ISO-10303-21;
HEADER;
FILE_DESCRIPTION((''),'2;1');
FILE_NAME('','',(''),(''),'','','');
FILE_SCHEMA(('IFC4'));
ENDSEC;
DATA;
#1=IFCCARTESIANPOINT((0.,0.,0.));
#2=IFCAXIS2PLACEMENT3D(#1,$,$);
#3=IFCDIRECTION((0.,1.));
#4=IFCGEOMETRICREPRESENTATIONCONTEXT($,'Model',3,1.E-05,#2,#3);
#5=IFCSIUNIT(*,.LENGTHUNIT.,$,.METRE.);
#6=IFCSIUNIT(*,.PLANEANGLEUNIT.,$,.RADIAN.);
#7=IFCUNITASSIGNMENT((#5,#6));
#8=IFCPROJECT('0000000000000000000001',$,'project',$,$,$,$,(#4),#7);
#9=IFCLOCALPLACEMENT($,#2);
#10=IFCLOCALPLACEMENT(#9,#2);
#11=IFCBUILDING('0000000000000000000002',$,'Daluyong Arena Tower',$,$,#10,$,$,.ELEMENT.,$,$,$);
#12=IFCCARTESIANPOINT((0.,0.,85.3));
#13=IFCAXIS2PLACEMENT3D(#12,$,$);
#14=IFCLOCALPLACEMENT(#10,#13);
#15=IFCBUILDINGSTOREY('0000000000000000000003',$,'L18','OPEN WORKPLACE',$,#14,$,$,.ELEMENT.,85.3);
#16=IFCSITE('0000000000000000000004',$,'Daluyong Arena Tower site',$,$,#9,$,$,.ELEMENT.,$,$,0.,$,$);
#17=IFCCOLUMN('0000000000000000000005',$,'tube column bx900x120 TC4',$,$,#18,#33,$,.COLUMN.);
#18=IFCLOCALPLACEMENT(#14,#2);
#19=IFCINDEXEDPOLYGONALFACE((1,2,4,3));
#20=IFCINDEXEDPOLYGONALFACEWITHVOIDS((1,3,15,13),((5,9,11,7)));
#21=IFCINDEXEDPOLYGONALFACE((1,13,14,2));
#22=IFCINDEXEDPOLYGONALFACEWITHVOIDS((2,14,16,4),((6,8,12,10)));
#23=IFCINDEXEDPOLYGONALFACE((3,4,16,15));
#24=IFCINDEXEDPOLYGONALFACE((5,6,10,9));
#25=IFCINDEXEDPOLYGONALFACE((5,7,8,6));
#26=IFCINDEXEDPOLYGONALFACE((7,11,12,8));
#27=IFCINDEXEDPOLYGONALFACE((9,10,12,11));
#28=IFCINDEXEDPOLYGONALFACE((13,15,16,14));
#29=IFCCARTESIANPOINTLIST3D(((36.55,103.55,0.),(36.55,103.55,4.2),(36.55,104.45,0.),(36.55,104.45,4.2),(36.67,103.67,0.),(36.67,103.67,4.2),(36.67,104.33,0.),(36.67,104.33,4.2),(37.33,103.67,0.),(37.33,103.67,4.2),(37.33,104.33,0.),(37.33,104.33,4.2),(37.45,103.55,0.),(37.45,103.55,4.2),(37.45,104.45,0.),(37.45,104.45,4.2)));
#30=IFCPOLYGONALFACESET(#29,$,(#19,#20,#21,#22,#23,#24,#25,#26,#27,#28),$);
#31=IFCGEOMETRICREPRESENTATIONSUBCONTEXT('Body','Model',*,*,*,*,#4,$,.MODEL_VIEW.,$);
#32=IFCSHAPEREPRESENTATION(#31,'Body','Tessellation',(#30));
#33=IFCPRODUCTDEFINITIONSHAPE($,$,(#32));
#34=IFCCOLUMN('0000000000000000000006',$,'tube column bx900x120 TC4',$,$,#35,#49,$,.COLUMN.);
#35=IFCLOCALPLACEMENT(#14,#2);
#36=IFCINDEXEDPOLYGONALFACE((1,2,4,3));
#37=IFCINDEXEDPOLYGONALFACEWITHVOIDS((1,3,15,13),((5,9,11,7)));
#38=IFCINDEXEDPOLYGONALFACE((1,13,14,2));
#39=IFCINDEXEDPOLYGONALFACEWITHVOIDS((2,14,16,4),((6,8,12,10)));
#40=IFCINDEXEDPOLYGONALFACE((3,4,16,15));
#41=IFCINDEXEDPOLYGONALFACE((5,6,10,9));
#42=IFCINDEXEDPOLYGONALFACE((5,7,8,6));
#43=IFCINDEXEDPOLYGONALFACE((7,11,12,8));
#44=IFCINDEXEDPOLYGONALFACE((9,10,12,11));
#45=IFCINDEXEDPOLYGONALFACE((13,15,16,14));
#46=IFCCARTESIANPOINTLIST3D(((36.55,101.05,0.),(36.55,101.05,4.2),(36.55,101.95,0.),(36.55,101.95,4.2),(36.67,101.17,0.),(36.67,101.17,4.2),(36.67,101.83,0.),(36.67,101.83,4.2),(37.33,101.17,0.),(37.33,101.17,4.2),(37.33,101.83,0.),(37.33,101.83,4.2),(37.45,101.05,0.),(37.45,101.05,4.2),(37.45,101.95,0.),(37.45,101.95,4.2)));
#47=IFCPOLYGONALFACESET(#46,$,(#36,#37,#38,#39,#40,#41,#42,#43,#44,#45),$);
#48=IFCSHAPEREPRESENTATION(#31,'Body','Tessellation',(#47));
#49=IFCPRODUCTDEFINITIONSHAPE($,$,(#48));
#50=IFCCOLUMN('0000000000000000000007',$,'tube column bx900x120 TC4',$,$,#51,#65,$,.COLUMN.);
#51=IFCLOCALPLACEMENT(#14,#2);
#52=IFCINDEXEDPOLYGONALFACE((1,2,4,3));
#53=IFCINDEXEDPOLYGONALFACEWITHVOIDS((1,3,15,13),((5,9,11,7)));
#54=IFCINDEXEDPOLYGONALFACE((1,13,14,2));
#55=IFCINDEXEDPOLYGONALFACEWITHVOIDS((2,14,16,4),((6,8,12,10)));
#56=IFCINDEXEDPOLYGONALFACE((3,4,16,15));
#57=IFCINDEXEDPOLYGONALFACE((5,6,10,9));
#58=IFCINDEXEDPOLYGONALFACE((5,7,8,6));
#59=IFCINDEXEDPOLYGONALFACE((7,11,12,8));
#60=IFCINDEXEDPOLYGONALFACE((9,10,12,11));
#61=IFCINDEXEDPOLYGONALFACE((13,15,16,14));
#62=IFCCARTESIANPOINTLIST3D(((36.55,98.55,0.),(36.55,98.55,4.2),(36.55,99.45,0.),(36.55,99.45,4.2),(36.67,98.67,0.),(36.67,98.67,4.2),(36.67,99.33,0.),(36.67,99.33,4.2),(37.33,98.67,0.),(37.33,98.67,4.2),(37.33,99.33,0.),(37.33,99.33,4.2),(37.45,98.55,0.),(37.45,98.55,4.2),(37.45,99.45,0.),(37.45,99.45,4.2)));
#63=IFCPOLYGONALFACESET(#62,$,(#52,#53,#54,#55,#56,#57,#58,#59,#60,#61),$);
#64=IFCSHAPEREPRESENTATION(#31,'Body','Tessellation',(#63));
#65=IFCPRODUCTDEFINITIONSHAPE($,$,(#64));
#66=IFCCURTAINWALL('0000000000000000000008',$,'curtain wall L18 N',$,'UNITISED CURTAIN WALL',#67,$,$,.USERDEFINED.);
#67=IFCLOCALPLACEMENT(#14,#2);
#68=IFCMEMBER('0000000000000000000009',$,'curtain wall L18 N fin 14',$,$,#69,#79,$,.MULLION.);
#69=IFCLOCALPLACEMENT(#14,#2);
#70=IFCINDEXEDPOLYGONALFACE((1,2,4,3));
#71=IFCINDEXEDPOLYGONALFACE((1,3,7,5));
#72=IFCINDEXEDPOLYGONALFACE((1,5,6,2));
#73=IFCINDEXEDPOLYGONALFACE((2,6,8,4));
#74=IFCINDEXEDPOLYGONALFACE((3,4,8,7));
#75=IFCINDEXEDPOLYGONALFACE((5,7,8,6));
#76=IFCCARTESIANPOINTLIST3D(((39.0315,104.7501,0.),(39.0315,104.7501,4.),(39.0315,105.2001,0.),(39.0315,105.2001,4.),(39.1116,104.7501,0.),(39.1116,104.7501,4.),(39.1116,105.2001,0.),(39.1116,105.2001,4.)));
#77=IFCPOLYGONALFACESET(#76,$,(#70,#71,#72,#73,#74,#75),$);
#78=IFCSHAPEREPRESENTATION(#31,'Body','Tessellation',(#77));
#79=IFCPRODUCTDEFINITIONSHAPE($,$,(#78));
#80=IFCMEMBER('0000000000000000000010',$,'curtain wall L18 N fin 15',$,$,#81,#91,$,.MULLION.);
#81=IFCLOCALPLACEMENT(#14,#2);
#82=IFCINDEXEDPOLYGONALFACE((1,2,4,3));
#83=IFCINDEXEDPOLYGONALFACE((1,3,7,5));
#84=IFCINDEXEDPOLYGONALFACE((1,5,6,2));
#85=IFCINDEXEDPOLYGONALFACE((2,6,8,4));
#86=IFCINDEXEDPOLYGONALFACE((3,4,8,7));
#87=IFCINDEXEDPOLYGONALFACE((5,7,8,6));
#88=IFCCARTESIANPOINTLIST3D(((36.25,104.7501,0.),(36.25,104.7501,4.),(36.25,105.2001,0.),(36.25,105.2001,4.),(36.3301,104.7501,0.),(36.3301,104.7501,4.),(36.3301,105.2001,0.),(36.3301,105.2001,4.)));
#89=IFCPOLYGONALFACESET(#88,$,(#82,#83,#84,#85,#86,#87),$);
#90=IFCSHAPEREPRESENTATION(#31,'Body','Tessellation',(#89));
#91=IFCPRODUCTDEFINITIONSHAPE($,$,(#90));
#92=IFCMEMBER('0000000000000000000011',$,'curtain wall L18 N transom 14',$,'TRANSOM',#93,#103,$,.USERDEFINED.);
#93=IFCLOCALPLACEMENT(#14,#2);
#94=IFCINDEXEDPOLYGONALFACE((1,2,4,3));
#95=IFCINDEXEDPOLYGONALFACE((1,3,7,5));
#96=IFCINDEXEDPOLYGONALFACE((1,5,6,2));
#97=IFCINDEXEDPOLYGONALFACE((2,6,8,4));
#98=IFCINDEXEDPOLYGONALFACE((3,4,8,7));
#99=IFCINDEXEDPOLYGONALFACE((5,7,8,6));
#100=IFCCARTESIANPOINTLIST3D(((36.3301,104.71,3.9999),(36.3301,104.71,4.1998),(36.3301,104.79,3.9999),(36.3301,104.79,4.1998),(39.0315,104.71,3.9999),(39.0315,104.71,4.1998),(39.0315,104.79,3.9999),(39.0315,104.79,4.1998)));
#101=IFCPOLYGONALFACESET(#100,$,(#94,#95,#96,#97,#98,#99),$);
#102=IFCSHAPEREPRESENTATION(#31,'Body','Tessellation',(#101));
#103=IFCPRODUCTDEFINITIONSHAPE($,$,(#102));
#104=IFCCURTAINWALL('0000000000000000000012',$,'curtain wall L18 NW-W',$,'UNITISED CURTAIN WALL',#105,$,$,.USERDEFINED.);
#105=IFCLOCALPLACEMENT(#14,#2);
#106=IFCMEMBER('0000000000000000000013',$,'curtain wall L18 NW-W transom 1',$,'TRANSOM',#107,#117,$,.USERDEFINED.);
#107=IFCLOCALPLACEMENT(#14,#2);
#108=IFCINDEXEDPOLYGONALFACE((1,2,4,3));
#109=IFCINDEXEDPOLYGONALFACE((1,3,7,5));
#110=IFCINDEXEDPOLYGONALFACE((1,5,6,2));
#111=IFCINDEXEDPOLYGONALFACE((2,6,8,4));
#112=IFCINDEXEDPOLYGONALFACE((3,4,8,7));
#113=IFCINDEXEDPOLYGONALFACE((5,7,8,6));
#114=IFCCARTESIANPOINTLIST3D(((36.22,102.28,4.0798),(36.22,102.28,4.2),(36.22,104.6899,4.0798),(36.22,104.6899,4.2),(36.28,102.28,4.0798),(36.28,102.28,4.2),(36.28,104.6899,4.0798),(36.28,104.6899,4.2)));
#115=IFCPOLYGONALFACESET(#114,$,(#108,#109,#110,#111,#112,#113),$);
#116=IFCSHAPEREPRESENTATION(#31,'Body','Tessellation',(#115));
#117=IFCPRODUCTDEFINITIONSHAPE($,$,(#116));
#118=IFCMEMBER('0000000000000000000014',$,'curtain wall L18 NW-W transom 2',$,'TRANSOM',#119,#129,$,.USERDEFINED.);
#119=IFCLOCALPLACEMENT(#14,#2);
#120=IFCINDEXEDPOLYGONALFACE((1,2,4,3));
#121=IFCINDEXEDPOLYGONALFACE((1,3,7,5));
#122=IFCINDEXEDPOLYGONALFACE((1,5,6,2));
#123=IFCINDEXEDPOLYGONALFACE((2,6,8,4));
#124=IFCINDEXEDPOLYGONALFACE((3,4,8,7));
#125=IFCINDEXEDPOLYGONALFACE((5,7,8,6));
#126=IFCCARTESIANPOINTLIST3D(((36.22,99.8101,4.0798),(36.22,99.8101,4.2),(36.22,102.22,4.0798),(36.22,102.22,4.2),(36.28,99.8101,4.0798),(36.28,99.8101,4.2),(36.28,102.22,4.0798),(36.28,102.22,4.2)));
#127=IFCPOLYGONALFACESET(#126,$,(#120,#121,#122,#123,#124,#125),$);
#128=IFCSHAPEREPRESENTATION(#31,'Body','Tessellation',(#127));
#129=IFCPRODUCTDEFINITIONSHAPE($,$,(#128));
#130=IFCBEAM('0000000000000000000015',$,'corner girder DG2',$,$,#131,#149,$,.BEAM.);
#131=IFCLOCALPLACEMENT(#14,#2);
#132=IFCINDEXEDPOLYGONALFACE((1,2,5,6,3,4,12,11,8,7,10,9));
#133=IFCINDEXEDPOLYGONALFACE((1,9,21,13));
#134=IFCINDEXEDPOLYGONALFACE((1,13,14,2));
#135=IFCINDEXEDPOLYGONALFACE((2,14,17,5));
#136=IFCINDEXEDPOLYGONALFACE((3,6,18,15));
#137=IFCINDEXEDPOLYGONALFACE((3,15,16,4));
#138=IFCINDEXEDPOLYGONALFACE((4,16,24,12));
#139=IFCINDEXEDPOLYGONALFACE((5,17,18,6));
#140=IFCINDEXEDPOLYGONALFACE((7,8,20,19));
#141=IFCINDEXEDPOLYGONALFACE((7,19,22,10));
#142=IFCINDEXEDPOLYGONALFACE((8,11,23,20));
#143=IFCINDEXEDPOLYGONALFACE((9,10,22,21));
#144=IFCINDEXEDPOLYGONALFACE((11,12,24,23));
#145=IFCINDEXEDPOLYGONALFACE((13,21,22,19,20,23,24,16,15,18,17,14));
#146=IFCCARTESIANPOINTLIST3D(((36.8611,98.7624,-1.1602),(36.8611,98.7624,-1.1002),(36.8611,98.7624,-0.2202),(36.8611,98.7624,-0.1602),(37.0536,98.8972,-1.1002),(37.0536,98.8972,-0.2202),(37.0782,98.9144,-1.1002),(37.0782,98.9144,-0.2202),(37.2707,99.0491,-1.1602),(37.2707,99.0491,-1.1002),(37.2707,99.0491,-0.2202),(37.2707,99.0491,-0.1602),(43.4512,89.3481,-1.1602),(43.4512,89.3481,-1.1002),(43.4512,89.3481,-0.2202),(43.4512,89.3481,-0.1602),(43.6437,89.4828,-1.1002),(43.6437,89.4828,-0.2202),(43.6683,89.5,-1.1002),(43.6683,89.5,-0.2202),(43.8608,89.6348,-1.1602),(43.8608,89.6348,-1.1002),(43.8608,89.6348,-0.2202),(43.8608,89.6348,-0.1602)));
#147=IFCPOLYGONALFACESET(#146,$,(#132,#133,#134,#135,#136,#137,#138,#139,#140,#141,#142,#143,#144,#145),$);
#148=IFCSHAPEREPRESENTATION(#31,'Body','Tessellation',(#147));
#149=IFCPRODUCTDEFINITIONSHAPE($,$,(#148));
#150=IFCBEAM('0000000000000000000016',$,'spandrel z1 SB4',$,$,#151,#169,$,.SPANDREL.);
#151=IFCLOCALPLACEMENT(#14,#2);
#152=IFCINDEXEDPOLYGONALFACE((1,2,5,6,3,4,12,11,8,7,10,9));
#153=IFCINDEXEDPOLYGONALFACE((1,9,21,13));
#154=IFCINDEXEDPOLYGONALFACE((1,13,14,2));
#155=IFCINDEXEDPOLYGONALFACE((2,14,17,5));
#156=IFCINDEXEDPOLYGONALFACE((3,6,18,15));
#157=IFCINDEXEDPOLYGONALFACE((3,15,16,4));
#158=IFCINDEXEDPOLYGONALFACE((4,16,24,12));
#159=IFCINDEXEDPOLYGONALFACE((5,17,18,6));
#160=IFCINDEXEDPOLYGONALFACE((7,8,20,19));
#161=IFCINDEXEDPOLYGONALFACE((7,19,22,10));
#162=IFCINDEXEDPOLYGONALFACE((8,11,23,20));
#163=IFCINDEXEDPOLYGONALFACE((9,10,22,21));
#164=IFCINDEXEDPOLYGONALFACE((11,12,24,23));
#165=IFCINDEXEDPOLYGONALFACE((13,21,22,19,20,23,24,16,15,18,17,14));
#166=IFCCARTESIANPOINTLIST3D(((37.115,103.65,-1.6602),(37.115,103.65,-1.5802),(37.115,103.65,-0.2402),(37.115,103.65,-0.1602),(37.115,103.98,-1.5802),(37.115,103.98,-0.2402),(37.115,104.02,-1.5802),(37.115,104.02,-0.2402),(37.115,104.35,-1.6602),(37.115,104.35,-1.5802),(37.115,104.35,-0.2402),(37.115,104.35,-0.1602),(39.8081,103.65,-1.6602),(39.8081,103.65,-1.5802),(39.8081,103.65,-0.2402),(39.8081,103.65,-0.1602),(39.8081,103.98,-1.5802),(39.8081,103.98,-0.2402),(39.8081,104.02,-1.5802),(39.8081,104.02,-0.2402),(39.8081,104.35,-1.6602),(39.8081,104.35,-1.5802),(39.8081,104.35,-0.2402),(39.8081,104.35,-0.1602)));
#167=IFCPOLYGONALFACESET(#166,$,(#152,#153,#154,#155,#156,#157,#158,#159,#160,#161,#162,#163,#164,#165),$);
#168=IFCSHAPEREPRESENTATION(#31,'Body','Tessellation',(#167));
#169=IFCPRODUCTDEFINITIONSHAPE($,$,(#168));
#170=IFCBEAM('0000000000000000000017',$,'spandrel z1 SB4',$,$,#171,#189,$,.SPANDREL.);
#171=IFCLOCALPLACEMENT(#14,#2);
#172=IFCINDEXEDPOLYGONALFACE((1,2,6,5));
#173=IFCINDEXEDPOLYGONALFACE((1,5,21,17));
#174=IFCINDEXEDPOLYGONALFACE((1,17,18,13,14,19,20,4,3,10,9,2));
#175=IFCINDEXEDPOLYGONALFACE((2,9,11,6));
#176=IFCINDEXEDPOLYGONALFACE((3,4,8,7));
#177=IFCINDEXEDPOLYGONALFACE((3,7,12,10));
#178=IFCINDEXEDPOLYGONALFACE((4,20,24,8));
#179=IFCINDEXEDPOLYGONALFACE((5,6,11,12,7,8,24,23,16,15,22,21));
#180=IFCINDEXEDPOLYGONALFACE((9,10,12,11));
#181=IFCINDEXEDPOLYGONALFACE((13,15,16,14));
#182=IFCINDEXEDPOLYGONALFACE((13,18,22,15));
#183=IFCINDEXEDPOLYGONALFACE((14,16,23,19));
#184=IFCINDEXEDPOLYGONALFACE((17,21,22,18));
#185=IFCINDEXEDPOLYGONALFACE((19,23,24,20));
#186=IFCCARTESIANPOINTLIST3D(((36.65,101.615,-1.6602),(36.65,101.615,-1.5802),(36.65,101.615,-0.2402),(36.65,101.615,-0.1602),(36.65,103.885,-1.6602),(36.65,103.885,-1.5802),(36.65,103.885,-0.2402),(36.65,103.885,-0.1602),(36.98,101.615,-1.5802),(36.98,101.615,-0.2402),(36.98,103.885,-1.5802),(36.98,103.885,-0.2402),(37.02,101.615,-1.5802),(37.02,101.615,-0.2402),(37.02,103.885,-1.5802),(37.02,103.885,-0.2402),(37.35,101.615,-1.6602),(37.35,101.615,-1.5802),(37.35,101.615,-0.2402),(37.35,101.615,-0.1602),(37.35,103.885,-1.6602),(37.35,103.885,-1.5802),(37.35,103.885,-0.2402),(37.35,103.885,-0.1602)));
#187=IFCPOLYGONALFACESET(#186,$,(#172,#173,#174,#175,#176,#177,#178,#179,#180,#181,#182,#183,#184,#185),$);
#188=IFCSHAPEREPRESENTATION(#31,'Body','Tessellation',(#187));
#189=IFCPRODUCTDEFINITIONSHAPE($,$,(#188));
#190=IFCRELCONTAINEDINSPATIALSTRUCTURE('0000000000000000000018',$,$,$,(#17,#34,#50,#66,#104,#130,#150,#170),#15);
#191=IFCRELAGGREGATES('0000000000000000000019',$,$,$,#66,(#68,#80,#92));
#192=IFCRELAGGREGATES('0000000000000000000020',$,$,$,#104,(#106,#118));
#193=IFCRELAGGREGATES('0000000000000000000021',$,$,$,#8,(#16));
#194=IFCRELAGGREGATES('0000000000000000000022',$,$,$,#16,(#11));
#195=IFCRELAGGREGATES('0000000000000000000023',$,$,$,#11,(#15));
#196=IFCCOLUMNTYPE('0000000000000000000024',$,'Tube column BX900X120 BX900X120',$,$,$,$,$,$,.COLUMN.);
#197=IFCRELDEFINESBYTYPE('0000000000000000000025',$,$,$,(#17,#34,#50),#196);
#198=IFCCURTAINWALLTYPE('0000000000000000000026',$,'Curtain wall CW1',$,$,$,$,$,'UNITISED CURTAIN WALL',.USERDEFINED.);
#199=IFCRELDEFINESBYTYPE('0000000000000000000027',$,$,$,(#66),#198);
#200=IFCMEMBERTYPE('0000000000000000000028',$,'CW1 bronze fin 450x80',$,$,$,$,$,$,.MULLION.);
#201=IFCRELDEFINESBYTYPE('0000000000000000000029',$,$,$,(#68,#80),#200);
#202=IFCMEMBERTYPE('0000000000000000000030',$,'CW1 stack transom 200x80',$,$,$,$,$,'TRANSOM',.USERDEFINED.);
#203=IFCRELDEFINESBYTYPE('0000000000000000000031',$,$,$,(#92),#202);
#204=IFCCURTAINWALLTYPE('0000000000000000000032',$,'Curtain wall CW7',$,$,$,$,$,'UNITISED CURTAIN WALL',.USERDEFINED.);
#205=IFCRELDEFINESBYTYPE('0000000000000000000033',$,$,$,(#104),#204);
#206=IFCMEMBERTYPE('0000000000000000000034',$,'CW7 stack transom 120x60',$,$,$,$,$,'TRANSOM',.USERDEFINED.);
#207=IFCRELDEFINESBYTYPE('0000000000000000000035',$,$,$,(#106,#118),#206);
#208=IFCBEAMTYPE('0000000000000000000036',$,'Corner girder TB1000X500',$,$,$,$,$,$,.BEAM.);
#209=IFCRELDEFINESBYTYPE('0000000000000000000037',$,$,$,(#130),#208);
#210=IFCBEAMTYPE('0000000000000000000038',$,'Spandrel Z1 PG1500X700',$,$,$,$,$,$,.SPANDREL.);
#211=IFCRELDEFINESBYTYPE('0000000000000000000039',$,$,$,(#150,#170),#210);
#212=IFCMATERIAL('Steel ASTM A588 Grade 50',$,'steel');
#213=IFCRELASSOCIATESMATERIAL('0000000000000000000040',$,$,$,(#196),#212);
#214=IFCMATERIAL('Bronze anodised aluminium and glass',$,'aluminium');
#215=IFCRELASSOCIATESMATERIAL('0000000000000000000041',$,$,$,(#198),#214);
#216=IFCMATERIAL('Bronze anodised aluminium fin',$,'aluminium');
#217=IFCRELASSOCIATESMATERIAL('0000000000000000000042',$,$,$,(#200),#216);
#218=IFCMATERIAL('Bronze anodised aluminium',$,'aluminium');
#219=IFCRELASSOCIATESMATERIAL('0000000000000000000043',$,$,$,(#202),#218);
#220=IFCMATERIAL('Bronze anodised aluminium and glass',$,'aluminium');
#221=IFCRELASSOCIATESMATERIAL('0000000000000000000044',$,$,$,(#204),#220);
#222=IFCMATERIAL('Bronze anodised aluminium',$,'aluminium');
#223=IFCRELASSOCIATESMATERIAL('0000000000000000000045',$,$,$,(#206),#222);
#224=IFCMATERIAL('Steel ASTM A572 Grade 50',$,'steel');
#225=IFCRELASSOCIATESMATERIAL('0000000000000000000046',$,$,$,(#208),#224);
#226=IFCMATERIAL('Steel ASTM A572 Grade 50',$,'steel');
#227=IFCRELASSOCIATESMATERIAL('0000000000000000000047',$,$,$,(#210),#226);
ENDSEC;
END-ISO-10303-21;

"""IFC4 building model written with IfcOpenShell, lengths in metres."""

from ifc_helpers import new_model, si_unit, direction, frame, origin, origin_2d, place, context, subcontext, project, spatial, rectangle, hollow_rectangle, i_section, extrude, material, material_profile, profile_set, type_object, element, aggregate, save


model = new_model("IFC4")

# Units and contexts
model_context = context("Model", 3, precision=1e-05, world=origin(), true_north=direction((0.0, 1.0)))
body_context = subcontext(model_context, "Body", "Model", "MODEL_VIEW")
ifc_project = project(units=[si_unit("LENGTHUNIT", "METRE"), si_unit("PLANEANGLEUNIT", "RADIAN")], contexts=[model_context])

# Site, building, storey
site_placement = place(None, origin())
site = spatial("IfcSite", under=ifc_project, at=site_placement, Name="Daluyong Arena Tower site", CompositionType="ELEMENT", RefElevation=0.0)
building_placement = place(site_placement, origin())
building = spatial("IfcBuilding", under=site, at=building_placement, Name="Daluyong Arena Tower", CompositionType="ELEMENT")
storey_placement = place(building_placement, frame((0.0, 0.0, 85.3)))
storey = spatial("IfcBuildingStorey", under=building, at=storey_placement, Name="L18", Description="OPEN WORKPLACE", CompositionType="ELEMENT", Elevation=85.3)

# Columns
ifc_material_1 = material(Name="Steel ASTM A588 Grade 50", Category="steel")
ifc_material_profile_1 = material_profile(ifc_material_1, hollow_rectangle(XDim=0.8999, YDim=0.8999, WallThickness=0.12, at=origin_2d()))
ifc_profile_set_1 = profile_set([ifc_material_profile_1], Name="Steel ASTM A588 Grade 50")
column_type = type_object("IfcColumnType", Name="Tube column BX900X120 BX900X120", PredefinedType="COLUMN", material=ifc_profile_set_1)
for number, where, z_axis, x_axis, name in (
    (1, (37.0, 104.0, 0.0), (0.0, 0.0, 1.0), (0.0, 1.0, 0.0), "tube column bx900x120 TC4"),
    (2, (37.0, 101.5, 0.0), (0.0, 0.0, 1.0), (0.0, 1.0, 0.0), "tube column bx900x120 TC4"),
    (3, (37.0, 99.0, 0.0), (0.0, 0.0, 1.0), (1.0, 0.0, 0.0), "tube column bx900x120 TC4"),
):
    element("IfcColumn", number, at=place(storey_placement, frame(where, z_axis=z_axis, x_axis=x_axis)), inside=storey, type_object=column_type, Name=name, PredefinedType="COLUMN", context=body_context, shape_type="SweptSolid", body=[
        extrude(hollow_rectangle(XDim=0.8999, YDim=0.8999, WallThickness=0.12, at=origin_2d()), origin(), (0.0, 0.0, 1.0), 4.2),
    ])

# Curtain walls, members
ifc_material_2 = material(Name="Bronze anodised aluminium and glass", Category="aluminium")
curtain_wall_type_1 = type_object("IfcCurtainWallType", Name="Curtain wall CW1", ElementType="UNITISED CURTAIN WALL", PredefinedType="USERDEFINED", material=ifc_material_2)
curtain_wall_1_placement = place(storey_placement, origin())
curtain_wall_1 = element("IfcCurtainWall", 4, at=curtain_wall_1_placement, inside=storey, type_object=curtain_wall_type_1, Name="curtain wall L18 N", ObjectType="UNITISED CURTAIN WALL", PredefinedType="USERDEFINED")
ifc_material_3 = material(Name="Bronze anodised aluminium fin", Category="aluminium")
ifc_material_profile_2 = material_profile(ifc_material_3, rectangle(XDim=0.45, YDim=0.0801, at=origin_2d()))
ifc_profile_set_2 = profile_set([ifc_material_profile_2], Name="Bronze anodised aluminium fin")
member_type_1 = type_object("IfcMemberType", Name="CW1 bronze fin 450x80", PredefinedType="MULLION", material=ifc_profile_set_2)
member_1_placement = place(storey_placement, frame((39.0715, 104.9751, 0.0), z_axis=(0.0, 0.0, 1.0), x_axis=(0.0, -1.0, 0.0)))
member_1 = element("IfcMember", 5, at=member_1_placement, type_object=member_type_1, Name="curtain wall L18 N fin 14", PredefinedType="MULLION", context=body_context, shape_type="SweptSolid", body=[
    extrude(rectangle(XDim=0.45, YDim=0.0801, at=origin_2d()), origin(), (0.0, 0.0, 1.0), 4.0),
])
member_2_placement = place(storey_placement, frame((36.29, 104.9751, 0.0), z_axis=(0.0, 0.0, 1.0), x_axis=(0.0, -1.0, 0.0)))
member_2 = element("IfcMember", 6, at=member_2_placement, type_object=member_type_1, Name="curtain wall L18 N fin 15", PredefinedType="MULLION", context=body_context, shape_type="SweptSolid", body=[
    extrude(rectangle(XDim=0.45, YDim=0.0801, at=origin_2d()), origin(), (0.0, 0.0, 1.0), 4.0),
])
ifc_material_4 = material(Name="Bronze anodised aluminium", Category="aluminium")
ifc_material_profile_3 = material_profile(ifc_material_4, rectangle(XDim=0.0801, YDim=0.2, at=origin_2d()))
ifc_profile_set_3 = profile_set([ifc_material_profile_3], Name="Bronze anodised aluminium")
member_type_2 = type_object("IfcMemberType", Name="CW1 stack transom 200x80", ElementType="TRANSOM", PredefinedType="USERDEFINED", material=ifc_profile_set_3)
member_3_placement = place(storey_placement, frame((39.0315, 104.75, 4.0999), z_axis=(-1.0, 0.0, 0.0), x_axis=(0.0, -1.0, 0.0)))
member_3 = element("IfcMember", 7, at=member_3_placement, type_object=member_type_2, Name="curtain wall L18 N transom 14", ObjectType="TRANSOM", PredefinedType="USERDEFINED", context=body_context, shape_type="SweptSolid", body=[
    extrude(rectangle(XDim=0.0801, YDim=0.2, at=origin_2d()), origin(), (0.0, 0.0, 1.0), 2.7014),
])
ifc_material_5 = material(Name="Bronze anodised aluminium and glass", Category="aluminium")
curtain_wall_type_2 = type_object("IfcCurtainWallType", Name="Curtain wall CW7", ElementType="UNITISED CURTAIN WALL", PredefinedType="USERDEFINED", material=ifc_material_5)
curtain_wall_2_placement = place(storey_placement, origin())
curtain_wall_2 = element("IfcCurtainWall", 8, at=curtain_wall_2_placement, inside=storey, type_object=curtain_wall_type_2, Name="curtain wall L18 NW-W", ObjectType="UNITISED CURTAIN WALL", PredefinedType="USERDEFINED")
ifc_material_6 = material(Name="Bronze anodised aluminium", Category="aluminium")
ifc_material_profile_4 = material_profile(ifc_material_6, rectangle(XDim=0.0601, YDim=0.1201, at=origin_2d()))
ifc_profile_set_4 = profile_set([ifc_material_profile_4], Name="Bronze anodised aluminium")
member_type_3 = type_object("IfcMemberType", Name="CW7 stack transom 120x60", ElementType="TRANSOM", PredefinedType="USERDEFINED", material=ifc_profile_set_4)
member_4_placement = place(storey_placement, frame((36.25, 104.6899, 4.1399), z_axis=(0.0, -1.0, 0.0), x_axis=(1.0, 0.0, 0.0)))
member_4 = element("IfcMember", 9, at=member_4_placement, type_object=member_type_3, Name="curtain wall L18 NW-W transom 1", ObjectType="TRANSOM", PredefinedType="USERDEFINED", context=body_context, shape_type="SweptSolid", body=[
    extrude(rectangle(XDim=0.0601, YDim=0.1201, at=origin_2d()), origin(), (0.0, 0.0, 1.0), 2.4099),
])
member_5_placement = place(storey_placement, frame((36.25, 102.22, 4.1399), z_axis=(0.0, -1.0, 0.0), x_axis=(1.0, 0.0, 0.0)))
member_5 = element("IfcMember", 10, at=member_5_placement, type_object=member_type_3, Name="curtain wall L18 NW-W transom 2", ObjectType="TRANSOM", PredefinedType="USERDEFINED", context=body_context, shape_type="SweptSolid", body=[
    extrude(rectangle(XDim=0.0601, YDim=0.1201, at=origin_2d()), origin(), (0.0, 0.0, 1.0), 2.4099),
])

# Beams
ifc_material_7 = material(Name="Steel ASTM A572 Grade 50", Category="steel")
ifc_material_profile_5 = material_profile(ifc_material_7, i_section(OverallWidth=0.5, OverallDepth=1.0, WebThickness=0.03, FlangeThickness=0.06, at=origin_2d()))
ifc_profile_set_5 = profile_set([ifc_material_profile_5], Name="Steel ASTM A572 Grade 50")
beam_type_1 = type_object("IfcBeamType", Name="Corner girder TB1000X500", PredefinedType="BEAM", material=ifc_profile_set_5)
beam_1_placement = place(storey_placement, frame((37.0659, 98.9058, -0.6602), z_axis=(0.573467, -0.819229, 0.0), x_axis=(0.819229, 0.573467, 0.0)))
element("IfcBeam", 11, at=beam_1_placement, inside=storey, type_object=beam_type_1, Name="corner girder DG2", PredefinedType="BEAM", context=body_context, shape_type="SweptSolid", body=[
    extrude(i_section(OverallWidth=0.5, OverallDepth=1.0, WebThickness=0.03, FlangeThickness=0.06, at=origin_2d()), origin(), (0.0, 0.0, 1.0), 11.4917),
])
ifc_material_8 = material(Name="Steel ASTM A572 Grade 50", Category="steel")
ifc_material_profile_6 = material_profile(ifc_material_8, i_section(OverallWidth=0.7, OverallDepth=1.5, WebThickness=0.04, FlangeThickness=0.08, at=origin_2d()))
ifc_profile_set_6 = profile_set([ifc_material_profile_6], Name="Steel ASTM A572 Grade 50")
beam_type_2 = type_object("IfcBeamType", Name="Spandrel Z1 PG1500X700", PredefinedType="SPANDREL", material=ifc_profile_set_6)
beam_2_placement = place(storey_placement, frame((39.8081, 104.0, -0.9102), z_axis=(-1.0, 0.0, 0.0), x_axis=(0.0, -1.0, 0.0)))
element("IfcBeam", 12, at=beam_2_placement, inside=storey, type_object=beam_type_2, Name="spandrel z1 SB4", PredefinedType="SPANDREL", context=body_context, shape_type="SweptSolid", body=[
    extrude(i_section(OverallWidth=0.7, OverallDepth=1.5, WebThickness=0.04, FlangeThickness=0.08, at=origin_2d()), origin(), (0.0, 0.0, 1.0), 2.6931),
])
for number, where, z_axis, x_axis, name in (
    (13, (37.0, 103.885, -0.9102), (0.0, -1.0, 0.0), (1.0, 0.0, 0.0), "spandrel z1 SB4"),
):
    element("IfcBeam", number, at=place(storey_placement, frame(where, z_axis=z_axis, x_axis=x_axis)), inside=storey, type_object=beam_type_2, Name=name, PredefinedType="SPANDREL", context=body_context, shape_type="SweptSolid", body=[
        extrude(i_section(OverallWidth=0.7, OverallDepth=1.5, WebThickness=0.04, FlangeThickness=0.08, at=origin_2d()), origin(), (0.0, 0.0, 1.0), 2.27),
    ])

aggregate(curtain_wall_1, [member_1, member_2, member_3])
aggregate(curtain_wall_2, [member_4, member_5])

save(model, "model.ifc")
